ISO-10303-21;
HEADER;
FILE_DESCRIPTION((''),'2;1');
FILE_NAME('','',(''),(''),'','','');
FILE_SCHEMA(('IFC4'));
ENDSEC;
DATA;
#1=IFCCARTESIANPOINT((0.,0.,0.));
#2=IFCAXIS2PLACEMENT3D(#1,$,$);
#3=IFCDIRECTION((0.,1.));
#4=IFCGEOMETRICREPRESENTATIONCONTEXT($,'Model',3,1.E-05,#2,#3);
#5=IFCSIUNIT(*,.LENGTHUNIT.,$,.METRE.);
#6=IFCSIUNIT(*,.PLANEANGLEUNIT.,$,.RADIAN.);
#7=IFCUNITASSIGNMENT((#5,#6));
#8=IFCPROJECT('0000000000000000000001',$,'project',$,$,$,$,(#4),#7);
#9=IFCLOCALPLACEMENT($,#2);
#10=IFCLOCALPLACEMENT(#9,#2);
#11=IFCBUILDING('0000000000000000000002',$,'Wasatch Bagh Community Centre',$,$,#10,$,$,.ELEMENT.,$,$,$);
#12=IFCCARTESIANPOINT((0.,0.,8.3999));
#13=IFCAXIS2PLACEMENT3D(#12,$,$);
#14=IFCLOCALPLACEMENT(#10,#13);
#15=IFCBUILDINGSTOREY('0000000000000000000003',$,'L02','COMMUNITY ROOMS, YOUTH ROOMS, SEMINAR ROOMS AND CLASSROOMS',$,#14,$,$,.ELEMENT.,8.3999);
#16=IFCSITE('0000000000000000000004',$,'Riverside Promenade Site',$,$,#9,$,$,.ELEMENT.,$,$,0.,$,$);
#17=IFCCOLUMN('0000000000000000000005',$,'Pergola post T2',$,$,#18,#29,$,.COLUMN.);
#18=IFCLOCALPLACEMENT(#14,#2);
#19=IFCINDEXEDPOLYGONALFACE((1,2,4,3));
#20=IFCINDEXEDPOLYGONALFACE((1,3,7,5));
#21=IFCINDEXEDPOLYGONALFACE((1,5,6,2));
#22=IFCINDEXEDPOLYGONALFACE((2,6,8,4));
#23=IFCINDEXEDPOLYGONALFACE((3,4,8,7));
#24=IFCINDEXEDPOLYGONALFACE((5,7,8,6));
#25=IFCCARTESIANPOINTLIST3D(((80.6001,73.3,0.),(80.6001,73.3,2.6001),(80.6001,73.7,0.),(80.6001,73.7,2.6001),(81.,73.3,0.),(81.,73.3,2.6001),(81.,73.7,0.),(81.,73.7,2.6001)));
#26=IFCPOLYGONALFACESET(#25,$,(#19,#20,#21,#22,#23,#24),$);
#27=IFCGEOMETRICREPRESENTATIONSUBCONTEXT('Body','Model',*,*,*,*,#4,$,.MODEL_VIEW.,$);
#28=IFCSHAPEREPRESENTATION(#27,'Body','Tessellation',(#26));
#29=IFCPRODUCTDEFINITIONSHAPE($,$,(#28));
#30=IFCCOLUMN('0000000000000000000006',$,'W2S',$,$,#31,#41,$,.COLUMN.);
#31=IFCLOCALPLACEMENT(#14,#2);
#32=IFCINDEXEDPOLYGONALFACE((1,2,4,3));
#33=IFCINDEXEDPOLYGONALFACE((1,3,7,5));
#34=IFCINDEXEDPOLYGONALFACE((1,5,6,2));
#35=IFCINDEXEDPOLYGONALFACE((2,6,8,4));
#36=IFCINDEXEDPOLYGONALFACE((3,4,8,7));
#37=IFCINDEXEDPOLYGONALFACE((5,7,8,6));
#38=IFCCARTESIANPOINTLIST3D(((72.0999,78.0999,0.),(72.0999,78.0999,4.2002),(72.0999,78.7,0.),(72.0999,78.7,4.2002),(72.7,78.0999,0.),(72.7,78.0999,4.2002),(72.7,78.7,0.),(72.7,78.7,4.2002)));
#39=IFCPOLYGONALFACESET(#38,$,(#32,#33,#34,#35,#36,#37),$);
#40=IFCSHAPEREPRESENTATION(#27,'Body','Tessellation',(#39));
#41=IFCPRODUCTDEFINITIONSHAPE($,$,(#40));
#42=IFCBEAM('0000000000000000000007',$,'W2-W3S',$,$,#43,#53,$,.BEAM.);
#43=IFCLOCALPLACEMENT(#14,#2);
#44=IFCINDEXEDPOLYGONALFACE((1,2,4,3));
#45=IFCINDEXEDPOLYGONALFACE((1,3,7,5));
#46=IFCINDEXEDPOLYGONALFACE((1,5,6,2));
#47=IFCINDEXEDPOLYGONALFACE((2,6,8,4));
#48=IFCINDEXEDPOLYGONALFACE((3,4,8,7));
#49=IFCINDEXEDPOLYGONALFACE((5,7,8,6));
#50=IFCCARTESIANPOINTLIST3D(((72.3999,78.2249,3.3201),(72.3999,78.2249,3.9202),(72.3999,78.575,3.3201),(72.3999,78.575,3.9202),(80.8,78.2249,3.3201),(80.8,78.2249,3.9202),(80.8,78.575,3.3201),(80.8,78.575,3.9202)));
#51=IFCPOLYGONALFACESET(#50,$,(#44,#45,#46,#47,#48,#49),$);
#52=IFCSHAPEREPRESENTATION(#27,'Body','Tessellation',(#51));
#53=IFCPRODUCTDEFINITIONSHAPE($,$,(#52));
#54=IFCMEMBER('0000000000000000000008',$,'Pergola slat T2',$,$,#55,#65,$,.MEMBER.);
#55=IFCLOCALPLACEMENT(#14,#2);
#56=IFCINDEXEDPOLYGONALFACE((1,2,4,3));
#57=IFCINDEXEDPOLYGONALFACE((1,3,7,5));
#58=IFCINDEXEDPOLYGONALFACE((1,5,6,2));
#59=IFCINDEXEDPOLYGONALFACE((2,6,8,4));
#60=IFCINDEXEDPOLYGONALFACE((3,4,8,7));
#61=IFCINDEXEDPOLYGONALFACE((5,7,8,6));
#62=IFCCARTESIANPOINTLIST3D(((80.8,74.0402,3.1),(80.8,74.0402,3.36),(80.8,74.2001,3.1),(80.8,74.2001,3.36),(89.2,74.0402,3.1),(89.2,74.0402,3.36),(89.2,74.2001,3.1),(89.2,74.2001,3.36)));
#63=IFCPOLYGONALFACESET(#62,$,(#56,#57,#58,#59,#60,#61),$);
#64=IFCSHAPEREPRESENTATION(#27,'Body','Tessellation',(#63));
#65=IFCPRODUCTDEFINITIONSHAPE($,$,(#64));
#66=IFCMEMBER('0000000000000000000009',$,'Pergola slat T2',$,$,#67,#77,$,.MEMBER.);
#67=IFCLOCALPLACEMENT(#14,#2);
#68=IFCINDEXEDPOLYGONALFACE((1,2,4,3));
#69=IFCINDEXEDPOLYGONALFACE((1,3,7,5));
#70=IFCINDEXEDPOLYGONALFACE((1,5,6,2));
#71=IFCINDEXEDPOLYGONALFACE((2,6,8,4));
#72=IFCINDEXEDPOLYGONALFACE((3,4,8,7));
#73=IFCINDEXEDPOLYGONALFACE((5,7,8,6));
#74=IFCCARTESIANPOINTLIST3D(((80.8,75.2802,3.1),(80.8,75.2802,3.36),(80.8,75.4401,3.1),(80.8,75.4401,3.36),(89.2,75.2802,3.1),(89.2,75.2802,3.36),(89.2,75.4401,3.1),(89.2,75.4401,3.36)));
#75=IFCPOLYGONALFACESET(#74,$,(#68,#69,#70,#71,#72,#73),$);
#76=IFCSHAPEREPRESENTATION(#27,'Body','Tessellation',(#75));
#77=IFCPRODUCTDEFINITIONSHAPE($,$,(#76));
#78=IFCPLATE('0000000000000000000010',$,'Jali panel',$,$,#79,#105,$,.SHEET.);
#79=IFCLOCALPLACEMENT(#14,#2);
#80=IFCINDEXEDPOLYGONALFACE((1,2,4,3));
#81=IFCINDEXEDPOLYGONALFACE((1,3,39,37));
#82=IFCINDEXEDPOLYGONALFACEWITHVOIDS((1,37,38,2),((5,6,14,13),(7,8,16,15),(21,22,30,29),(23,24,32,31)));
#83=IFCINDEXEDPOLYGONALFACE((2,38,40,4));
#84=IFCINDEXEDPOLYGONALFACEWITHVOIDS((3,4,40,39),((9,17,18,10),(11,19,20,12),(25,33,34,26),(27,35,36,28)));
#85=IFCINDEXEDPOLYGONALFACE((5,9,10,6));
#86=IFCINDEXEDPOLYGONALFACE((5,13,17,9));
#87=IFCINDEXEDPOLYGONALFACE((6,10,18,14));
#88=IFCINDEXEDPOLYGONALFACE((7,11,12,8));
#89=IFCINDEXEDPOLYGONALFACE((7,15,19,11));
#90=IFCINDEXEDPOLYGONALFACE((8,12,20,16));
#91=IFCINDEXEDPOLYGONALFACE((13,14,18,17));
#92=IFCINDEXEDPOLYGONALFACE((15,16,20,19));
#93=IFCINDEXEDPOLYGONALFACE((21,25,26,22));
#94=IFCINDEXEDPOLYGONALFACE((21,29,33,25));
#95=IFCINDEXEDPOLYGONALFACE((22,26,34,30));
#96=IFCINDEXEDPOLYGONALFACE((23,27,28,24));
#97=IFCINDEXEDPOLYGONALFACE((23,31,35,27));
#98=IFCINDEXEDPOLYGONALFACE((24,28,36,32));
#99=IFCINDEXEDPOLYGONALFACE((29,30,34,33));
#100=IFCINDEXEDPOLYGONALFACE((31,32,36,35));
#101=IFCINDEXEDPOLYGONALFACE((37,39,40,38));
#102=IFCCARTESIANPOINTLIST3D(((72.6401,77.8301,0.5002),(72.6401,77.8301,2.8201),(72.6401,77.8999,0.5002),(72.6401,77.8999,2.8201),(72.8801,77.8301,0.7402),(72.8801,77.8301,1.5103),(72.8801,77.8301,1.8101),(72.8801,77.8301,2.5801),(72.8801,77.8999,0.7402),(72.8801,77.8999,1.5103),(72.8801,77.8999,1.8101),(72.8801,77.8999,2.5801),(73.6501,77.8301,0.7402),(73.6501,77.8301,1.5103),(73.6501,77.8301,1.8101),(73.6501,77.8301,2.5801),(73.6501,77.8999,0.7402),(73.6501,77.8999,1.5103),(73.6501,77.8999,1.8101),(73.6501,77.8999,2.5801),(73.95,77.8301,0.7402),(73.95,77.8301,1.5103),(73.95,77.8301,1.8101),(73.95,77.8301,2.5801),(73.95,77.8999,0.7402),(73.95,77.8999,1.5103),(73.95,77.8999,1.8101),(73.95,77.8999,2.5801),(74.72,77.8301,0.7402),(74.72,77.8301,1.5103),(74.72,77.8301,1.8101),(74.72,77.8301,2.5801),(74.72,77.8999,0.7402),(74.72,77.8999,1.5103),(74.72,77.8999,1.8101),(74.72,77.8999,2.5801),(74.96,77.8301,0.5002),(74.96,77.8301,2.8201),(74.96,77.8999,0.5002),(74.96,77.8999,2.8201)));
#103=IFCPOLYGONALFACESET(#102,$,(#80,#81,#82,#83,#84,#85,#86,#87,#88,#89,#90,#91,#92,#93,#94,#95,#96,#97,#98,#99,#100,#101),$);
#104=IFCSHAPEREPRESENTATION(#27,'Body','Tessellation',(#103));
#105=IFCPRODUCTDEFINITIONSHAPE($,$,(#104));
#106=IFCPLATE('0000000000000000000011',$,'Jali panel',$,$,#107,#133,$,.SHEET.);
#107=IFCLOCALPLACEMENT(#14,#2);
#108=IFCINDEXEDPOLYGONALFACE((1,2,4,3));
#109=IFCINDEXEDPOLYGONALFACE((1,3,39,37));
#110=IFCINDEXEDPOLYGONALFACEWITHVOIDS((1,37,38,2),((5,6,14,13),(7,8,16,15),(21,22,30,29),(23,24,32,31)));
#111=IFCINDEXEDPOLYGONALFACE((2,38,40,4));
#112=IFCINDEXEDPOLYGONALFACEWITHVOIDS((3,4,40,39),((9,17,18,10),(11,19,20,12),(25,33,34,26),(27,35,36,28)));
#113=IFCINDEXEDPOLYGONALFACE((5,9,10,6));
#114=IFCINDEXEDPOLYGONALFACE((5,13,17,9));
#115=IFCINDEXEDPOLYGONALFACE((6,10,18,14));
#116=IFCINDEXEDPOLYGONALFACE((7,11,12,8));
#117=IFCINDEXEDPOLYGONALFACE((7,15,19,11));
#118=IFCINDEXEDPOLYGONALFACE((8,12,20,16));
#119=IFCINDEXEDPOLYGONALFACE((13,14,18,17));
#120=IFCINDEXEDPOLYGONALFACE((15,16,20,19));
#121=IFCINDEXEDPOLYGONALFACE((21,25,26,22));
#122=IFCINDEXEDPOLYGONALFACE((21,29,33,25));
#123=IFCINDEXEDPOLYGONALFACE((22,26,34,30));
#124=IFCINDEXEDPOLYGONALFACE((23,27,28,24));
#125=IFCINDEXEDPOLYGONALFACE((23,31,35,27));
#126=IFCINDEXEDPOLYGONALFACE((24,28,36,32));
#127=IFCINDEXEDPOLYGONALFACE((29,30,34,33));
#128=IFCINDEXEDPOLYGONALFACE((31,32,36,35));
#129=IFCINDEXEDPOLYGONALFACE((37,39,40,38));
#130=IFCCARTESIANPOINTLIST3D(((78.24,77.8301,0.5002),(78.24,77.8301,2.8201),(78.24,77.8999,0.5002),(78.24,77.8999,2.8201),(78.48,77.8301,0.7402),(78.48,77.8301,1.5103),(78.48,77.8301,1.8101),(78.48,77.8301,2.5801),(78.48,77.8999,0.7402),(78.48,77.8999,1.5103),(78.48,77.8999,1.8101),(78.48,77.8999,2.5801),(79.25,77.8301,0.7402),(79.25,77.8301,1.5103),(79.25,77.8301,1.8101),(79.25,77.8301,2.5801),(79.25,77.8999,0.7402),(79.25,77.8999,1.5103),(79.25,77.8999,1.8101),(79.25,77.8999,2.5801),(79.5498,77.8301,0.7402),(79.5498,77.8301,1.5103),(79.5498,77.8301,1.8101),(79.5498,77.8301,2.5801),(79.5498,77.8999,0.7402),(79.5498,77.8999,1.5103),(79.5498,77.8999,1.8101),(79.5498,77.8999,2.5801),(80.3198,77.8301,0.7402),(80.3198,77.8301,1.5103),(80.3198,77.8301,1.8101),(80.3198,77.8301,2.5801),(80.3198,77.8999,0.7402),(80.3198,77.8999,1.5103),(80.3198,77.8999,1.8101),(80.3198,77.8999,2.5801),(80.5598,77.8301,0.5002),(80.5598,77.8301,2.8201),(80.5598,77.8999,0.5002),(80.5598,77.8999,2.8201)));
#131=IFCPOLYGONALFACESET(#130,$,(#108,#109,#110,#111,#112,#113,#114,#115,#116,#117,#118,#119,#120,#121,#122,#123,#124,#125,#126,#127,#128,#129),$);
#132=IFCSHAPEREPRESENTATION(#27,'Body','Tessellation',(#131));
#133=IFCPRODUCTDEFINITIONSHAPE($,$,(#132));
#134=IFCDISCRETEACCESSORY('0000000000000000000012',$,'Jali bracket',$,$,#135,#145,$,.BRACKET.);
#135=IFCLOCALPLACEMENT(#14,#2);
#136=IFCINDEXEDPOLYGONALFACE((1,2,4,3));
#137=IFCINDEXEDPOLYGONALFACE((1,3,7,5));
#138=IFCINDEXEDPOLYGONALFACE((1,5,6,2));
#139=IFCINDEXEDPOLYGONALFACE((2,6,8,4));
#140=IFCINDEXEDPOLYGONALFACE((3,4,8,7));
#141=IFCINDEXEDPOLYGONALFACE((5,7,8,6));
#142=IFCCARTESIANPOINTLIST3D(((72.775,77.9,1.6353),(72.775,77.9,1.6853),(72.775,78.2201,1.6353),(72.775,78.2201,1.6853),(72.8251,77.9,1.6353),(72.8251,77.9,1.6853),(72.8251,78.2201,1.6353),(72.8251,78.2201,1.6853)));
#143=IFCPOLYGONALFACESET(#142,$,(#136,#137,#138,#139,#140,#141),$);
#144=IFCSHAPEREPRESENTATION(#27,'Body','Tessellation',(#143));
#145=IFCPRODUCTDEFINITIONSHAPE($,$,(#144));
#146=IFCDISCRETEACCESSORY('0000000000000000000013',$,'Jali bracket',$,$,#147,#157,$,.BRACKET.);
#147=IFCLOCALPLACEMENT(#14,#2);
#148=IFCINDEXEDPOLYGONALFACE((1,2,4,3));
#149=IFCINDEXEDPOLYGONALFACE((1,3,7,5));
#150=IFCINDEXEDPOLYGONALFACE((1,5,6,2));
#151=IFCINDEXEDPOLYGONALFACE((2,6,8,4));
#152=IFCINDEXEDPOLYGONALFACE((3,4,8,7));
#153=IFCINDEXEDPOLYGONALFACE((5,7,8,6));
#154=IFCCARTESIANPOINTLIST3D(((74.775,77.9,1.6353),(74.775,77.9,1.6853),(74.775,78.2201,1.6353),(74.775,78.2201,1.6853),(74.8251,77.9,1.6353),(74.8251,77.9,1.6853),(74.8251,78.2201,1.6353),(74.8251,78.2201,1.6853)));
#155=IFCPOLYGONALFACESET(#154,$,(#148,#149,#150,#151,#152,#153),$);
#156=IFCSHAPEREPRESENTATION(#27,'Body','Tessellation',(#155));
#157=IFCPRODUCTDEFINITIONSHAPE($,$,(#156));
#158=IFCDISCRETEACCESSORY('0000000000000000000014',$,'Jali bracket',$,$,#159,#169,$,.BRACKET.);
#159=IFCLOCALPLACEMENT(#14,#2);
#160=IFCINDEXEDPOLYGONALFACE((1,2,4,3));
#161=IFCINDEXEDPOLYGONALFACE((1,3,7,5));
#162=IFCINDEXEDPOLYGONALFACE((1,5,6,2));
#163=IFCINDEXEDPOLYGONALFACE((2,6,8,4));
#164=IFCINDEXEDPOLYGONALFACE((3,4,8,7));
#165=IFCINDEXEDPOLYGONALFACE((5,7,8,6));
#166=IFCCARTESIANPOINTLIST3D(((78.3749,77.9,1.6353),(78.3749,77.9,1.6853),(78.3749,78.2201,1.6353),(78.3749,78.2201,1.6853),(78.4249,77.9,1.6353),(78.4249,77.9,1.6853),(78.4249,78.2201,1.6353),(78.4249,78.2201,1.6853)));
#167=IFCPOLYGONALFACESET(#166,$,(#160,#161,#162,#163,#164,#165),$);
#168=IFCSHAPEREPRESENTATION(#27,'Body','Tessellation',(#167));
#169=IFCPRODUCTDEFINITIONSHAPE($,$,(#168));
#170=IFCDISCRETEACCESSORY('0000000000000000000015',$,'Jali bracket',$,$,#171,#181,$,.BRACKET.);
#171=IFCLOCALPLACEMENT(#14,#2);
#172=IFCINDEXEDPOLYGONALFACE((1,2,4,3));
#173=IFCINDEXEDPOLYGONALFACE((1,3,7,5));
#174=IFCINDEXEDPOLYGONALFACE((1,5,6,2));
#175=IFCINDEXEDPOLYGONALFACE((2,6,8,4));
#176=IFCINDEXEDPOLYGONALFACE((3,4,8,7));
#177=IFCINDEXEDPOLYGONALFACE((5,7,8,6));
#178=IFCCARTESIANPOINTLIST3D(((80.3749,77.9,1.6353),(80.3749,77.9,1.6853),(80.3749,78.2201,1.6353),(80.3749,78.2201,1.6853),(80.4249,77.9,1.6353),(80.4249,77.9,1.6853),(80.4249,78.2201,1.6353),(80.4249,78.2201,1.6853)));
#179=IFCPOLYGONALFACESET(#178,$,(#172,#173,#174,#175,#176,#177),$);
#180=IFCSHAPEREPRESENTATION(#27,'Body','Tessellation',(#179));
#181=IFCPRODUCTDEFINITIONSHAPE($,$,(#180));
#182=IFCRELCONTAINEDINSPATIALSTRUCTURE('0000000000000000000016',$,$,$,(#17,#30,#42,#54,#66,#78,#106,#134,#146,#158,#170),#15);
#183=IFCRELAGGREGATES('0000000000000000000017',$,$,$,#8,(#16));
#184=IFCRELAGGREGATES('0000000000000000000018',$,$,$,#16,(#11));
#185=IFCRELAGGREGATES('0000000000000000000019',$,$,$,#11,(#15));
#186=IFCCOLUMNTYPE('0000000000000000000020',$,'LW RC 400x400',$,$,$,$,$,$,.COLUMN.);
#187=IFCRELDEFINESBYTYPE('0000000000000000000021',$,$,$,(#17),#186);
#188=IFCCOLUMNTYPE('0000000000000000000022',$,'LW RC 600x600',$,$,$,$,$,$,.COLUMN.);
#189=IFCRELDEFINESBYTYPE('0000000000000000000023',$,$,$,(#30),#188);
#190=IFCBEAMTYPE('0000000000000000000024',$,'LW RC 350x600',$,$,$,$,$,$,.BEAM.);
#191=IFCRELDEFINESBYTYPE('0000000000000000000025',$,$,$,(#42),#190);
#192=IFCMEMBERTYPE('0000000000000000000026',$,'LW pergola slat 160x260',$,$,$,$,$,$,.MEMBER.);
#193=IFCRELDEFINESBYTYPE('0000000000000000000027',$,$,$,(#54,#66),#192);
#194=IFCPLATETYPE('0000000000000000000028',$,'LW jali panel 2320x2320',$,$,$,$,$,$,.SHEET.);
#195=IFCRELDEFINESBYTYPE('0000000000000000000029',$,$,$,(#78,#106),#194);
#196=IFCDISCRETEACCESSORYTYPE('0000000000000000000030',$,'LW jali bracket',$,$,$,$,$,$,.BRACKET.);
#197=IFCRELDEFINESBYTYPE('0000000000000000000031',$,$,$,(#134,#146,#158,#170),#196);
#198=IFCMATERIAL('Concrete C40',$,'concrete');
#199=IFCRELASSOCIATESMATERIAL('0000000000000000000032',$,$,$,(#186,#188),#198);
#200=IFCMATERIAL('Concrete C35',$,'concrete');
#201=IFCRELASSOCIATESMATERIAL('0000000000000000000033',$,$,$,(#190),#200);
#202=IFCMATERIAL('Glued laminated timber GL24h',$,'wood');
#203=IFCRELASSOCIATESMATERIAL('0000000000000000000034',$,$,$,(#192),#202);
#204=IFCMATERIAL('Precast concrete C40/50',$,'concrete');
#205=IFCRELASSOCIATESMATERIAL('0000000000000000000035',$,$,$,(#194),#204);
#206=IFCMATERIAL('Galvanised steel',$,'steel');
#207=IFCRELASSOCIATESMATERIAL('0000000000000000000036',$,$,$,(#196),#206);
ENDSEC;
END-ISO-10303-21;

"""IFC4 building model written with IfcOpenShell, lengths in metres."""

from ifc_helpers import new_model, si_unit, direction, frame, origin, origin_2d, place, context, subcontext, project, spatial, polyline, rectangle, outline, extrude, material, material_profile, profile_set, type_object, element, save


model = new_model("IFC4")

# Units and contexts
model_context = context("Model", 3, precision=1e-05, world=origin(), true_north=direction((0.0, 1.0)))
body_context = subcontext(model_context, "Body", "Model", "MODEL_VIEW")
ifc_project = project(units=[si_unit("LENGTHUNIT", "METRE"), si_unit("PLANEANGLEUNIT", "RADIAN")], contexts=[model_context])

# Site, building, storey
site_placement = place(None, origin())
site = spatial("IfcSite", under=ifc_project, at=site_placement, Name="Riverside Promenade Site", CompositionType="ELEMENT", RefElevation=0.0)
building_placement = place(site_placement, origin())
building = spatial("IfcBuilding", under=site, at=building_placement, Name="Wasatch Bagh Community Centre", CompositionType="ELEMENT")
storey_placement = place(building_placement, frame((0.0, 0.0, 8.3999)))
storey = spatial("IfcBuildingStorey", under=building, at=storey_placement, Name="L02", Description="COMMUNITY ROOMS, YOUTH ROOMS, SEMINAR ROOMS AND CLASSROOMS", CompositionType="ELEMENT", Elevation=8.3999)

# Columns
ifc_material_1 = material(Name="Concrete C40", Category="concrete")
ifc_material_profile_1 = material_profile(ifc_material_1, rectangle(XDim=0.3999, YDim=0.3999, at=origin_2d()), Name="RC 400x400")
ifc_profile_set_1 = profile_set([ifc_material_profile_1], Name="Concrete C40")
column_type_1 = type_object("IfcColumnType", Name="LW RC 400x400", PredefinedType="COLUMN", material=ifc_profile_set_1)
column_1_placement = place(storey_placement, frame((80.8, 73.5, 0.0), z_axis=(0.0, 0.0, 1.0), x_axis=(1.0, 0.0, 0.0)))
element("IfcColumn", 1, at=column_1_placement, inside=storey, type_object=column_type_1, Name="Pergola post T2", PredefinedType="COLUMN", context=body_context, shape_type="SweptSolid", body=[
    extrude(rectangle(XDim=0.3999, YDim=0.3999, at=origin_2d()), origin(), (0.0, 0.0, 1.0), 2.6001),
])
ifc_material_profile_2 = material_profile(ifc_material_1, rectangle(XDim=0.6001, YDim=0.6001, at=origin_2d()), Name="RC 600x600")
ifc_profile_set_2 = profile_set([ifc_material_profile_2], Name="Concrete C40")
column_type_2 = type_object("IfcColumnType", Name="LW RC 600x600", PredefinedType="COLUMN", material=ifc_profile_set_2)
column_2_placement = place(storey_placement, frame((72.3999, 78.3999, 0.0), z_axis=(0.0, 0.0, 1.0), x_axis=(1.0, 0.0, 0.0)))
element("IfcColumn", 2, at=column_2_placement, inside=storey, type_object=column_type_2, Name="W2S", PredefinedType="COLUMN", context=body_context, shape_type="SweptSolid", body=[
    extrude(rectangle(XDim=0.6001, YDim=0.6001, at=origin_2d()), origin(), (0.0, 0.0, 1.0), 4.2002),
])

# Beam
ifc_material_2 = material(Name="Concrete C35", Category="concrete")
ifc_material_profile_3 = material_profile(ifc_material_2, rectangle(XDim=0.3501, YDim=0.6001, at=origin_2d()), Name="RC 350x600")
ifc_profile_set_3 = profile_set([ifc_material_profile_3], Name="Concrete C35")
beam_type = type_object("IfcBeamType", Name="LW RC 350x600", PredefinedType="BEAM", material=ifc_profile_set_3)
beam_placement = place(storey_placement, frame((72.3999, 78.3999, 3.6201), z_axis=(1.0, 0.0, 0.0), x_axis=(0.0, 1.0, 0.0)))
element("IfcBeam", 3, at=beam_placement, inside=storey, type_object=beam_type, Name="W2-W3S", PredefinedType="BEAM", context=body_context, shape_type="SweptSolid", body=[
    extrude(rectangle(XDim=0.3501, YDim=0.6001, at=origin_2d()), origin(), (0.0, 0.0, 1.0), 8.4001),
])

# Members
ifc_material_3 = material(Name="Glued laminated timber GL24h", Category="wood")
ifc_material_profile_4 = material_profile(ifc_material_3, rectangle(XDim=0.1599, YDim=0.26, at=origin_2d()), Name="GL 160x260")
ifc_profile_set_4 = profile_set([ifc_material_profile_4], Name="Glued laminated timber GL24h")
member_type = type_object("IfcMemberType", Name="LW pergola slat 160x260", PredefinedType="MEMBER", material=ifc_profile_set_4)
for number, where, z_axis, x_axis, name in (
    (4, (80.8, 74.1201, 3.23), (1.0, 0.0, 0.0), (0.0, 1.0, 0.0), "Pergola slat T2"),
    (5, (80.8, 75.3601, 3.23), (1.0, 0.0, 0.0), (0.0, 1.0, 0.0), "Pergola slat T2"),
):
    element("IfcMember", number, at=place(storey_placement, frame(where, z_axis=z_axis, x_axis=x_axis)), inside=storey, type_object=member_type, Name=name, PredefinedType="MEMBER", context=body_context, shape_type="SweptSolid", body=[
        extrude(rectangle(XDim=0.1599, YDim=0.26, at=origin_2d()), origin(), (0.0, 0.0, 1.0), 8.3999),
    ])

# Plates
ifc_material_4 = material(Name="Precast concrete C40/50", Category="concrete")
ifc_material_profile_5 = material_profile(ifc_material_4, outline(polyline([(-1.1599, -1.1599), (1.1599, -1.1599), (1.1599, 1.1599), (-1.1599, 1.1599), (-1.1599, -1.1599)]), holes=[polyline([(-0.9199, -0.9199), (-0.1499, -0.9199), (-0.1499, -0.1499), (-0.9199, -0.1499), (-0.9199, -0.9199)]), polyline([(-0.9199, 0.1499), (-0.1499, 0.1499), (-0.1499, 0.9199), (-0.9199, 0.9199), (-0.9199, 0.1499)]), polyline([(0.1499, -0.9199), (0.9199, -0.9199), (0.9199, -0.1499), (0.1499, -0.1499), (0.1499, -0.9199)]), polyline([(0.1499, 0.1499), (0.9199, 0.1499), (0.9199, 0.9199), (0.1499, 0.9199), (0.1499, 0.1499)])]), Name="Jali lattice")
ifc_profile_set_5 = profile_set([ifc_material_profile_5], Name="Precast concrete C40/50")
plate_type = type_object("IfcPlateType", Name="LW jali panel 2320x2320", PredefinedType="SHEET", material=ifc_profile_set_5)
for number, where, z_axis, x_axis, name in (
    (6, (73.8, 77.8999, 1.6602), (0.0, -1.0, 0.0), (1.0, 0.0, 0.0), "Jali panel"),
    (7, (79.3999, 77.8999, 1.6602), (0.0, -1.0, 0.0), (1.0, 0.0, 0.0), "Jali panel"),
):
    element("IfcPlate", number, at=place(storey_placement, frame(where, z_axis=z_axis, x_axis=x_axis)), inside=storey, type_object=plate_type, Name=name, PredefinedType="SHEET", context=body_context, shape_type="SweptSolid", body=[
        extrude(outline(polyline([(-1.1599, -1.1599), (1.1599, -1.1599), (1.1599, 1.1599), (-1.1599, 1.1599), (-1.1599, -1.1599)]), holes=[polyline([(-0.9199, -0.9199), (-0.1499, -0.9199), (-0.1499, -0.1499), (-0.9199, -0.1499), (-0.9199, -0.9199)]), polyline([(-0.9199, 0.1499), (-0.1499, 0.1499), (-0.1499, 0.9199), (-0.9199, 0.9199), (-0.9199, 0.1499)]), polyline([(0.1499, -0.9199), (0.9199, -0.9199), (0.9199, -0.1499), (0.1499, -0.1499), (0.1499, -0.9199)]), polyline([(0.1499, 0.1499), (0.9199, 0.1499), (0.9199, 0.9199), (0.1499, 0.9199), (0.1499, 0.1499)])]), origin(), (0.0, 0.0, 1.0), 0.0698),
    ])

# Discrete accessories
ifc_material_5 = material(Name="Galvanised steel", Category="steel")
discrete_accessory_type = type_object("IfcDiscreteAccessoryType", Name="LW jali bracket", PredefinedType="BRACKET", material=ifc_material_5)
for number, where, z_axis, x_axis, name in (
    (8, (72.8, 78.0601, 1.6353), (0.0, 0.0, 1.0), (1.0, 0.0, 0.0), "Jali bracket"),
    (9, (74.8, 78.0601, 1.6353), (0.0, 0.0, 1.0), (1.0, 0.0, 0.0), "Jali bracket"),
    (10, (78.3999, 78.0601, 1.6353), (0.0, 0.0, 1.0), (1.0, 0.0, 0.0), "Jali bracket"),
    (11, (80.3999, 78.0601, 1.6353), (0.0, 0.0, 1.0), (1.0, 0.0, 0.0), "Jali bracket"),
):
    element("IfcDiscreteAccessory", number, at=place(storey_placement, frame(where, z_axis=z_axis, x_axis=x_axis)), inside=storey, type_object=discrete_accessory_type, Name=name, PredefinedType="BRACKET", context=body_context, shape_type="SweptSolid", body=[
        extrude(rectangle(XDim=0.05, YDim=0.3201, at=origin_2d()), origin(), (0.0, 0.0, 1.0), 0.05),
    ])

save(model, "model.ifc")
